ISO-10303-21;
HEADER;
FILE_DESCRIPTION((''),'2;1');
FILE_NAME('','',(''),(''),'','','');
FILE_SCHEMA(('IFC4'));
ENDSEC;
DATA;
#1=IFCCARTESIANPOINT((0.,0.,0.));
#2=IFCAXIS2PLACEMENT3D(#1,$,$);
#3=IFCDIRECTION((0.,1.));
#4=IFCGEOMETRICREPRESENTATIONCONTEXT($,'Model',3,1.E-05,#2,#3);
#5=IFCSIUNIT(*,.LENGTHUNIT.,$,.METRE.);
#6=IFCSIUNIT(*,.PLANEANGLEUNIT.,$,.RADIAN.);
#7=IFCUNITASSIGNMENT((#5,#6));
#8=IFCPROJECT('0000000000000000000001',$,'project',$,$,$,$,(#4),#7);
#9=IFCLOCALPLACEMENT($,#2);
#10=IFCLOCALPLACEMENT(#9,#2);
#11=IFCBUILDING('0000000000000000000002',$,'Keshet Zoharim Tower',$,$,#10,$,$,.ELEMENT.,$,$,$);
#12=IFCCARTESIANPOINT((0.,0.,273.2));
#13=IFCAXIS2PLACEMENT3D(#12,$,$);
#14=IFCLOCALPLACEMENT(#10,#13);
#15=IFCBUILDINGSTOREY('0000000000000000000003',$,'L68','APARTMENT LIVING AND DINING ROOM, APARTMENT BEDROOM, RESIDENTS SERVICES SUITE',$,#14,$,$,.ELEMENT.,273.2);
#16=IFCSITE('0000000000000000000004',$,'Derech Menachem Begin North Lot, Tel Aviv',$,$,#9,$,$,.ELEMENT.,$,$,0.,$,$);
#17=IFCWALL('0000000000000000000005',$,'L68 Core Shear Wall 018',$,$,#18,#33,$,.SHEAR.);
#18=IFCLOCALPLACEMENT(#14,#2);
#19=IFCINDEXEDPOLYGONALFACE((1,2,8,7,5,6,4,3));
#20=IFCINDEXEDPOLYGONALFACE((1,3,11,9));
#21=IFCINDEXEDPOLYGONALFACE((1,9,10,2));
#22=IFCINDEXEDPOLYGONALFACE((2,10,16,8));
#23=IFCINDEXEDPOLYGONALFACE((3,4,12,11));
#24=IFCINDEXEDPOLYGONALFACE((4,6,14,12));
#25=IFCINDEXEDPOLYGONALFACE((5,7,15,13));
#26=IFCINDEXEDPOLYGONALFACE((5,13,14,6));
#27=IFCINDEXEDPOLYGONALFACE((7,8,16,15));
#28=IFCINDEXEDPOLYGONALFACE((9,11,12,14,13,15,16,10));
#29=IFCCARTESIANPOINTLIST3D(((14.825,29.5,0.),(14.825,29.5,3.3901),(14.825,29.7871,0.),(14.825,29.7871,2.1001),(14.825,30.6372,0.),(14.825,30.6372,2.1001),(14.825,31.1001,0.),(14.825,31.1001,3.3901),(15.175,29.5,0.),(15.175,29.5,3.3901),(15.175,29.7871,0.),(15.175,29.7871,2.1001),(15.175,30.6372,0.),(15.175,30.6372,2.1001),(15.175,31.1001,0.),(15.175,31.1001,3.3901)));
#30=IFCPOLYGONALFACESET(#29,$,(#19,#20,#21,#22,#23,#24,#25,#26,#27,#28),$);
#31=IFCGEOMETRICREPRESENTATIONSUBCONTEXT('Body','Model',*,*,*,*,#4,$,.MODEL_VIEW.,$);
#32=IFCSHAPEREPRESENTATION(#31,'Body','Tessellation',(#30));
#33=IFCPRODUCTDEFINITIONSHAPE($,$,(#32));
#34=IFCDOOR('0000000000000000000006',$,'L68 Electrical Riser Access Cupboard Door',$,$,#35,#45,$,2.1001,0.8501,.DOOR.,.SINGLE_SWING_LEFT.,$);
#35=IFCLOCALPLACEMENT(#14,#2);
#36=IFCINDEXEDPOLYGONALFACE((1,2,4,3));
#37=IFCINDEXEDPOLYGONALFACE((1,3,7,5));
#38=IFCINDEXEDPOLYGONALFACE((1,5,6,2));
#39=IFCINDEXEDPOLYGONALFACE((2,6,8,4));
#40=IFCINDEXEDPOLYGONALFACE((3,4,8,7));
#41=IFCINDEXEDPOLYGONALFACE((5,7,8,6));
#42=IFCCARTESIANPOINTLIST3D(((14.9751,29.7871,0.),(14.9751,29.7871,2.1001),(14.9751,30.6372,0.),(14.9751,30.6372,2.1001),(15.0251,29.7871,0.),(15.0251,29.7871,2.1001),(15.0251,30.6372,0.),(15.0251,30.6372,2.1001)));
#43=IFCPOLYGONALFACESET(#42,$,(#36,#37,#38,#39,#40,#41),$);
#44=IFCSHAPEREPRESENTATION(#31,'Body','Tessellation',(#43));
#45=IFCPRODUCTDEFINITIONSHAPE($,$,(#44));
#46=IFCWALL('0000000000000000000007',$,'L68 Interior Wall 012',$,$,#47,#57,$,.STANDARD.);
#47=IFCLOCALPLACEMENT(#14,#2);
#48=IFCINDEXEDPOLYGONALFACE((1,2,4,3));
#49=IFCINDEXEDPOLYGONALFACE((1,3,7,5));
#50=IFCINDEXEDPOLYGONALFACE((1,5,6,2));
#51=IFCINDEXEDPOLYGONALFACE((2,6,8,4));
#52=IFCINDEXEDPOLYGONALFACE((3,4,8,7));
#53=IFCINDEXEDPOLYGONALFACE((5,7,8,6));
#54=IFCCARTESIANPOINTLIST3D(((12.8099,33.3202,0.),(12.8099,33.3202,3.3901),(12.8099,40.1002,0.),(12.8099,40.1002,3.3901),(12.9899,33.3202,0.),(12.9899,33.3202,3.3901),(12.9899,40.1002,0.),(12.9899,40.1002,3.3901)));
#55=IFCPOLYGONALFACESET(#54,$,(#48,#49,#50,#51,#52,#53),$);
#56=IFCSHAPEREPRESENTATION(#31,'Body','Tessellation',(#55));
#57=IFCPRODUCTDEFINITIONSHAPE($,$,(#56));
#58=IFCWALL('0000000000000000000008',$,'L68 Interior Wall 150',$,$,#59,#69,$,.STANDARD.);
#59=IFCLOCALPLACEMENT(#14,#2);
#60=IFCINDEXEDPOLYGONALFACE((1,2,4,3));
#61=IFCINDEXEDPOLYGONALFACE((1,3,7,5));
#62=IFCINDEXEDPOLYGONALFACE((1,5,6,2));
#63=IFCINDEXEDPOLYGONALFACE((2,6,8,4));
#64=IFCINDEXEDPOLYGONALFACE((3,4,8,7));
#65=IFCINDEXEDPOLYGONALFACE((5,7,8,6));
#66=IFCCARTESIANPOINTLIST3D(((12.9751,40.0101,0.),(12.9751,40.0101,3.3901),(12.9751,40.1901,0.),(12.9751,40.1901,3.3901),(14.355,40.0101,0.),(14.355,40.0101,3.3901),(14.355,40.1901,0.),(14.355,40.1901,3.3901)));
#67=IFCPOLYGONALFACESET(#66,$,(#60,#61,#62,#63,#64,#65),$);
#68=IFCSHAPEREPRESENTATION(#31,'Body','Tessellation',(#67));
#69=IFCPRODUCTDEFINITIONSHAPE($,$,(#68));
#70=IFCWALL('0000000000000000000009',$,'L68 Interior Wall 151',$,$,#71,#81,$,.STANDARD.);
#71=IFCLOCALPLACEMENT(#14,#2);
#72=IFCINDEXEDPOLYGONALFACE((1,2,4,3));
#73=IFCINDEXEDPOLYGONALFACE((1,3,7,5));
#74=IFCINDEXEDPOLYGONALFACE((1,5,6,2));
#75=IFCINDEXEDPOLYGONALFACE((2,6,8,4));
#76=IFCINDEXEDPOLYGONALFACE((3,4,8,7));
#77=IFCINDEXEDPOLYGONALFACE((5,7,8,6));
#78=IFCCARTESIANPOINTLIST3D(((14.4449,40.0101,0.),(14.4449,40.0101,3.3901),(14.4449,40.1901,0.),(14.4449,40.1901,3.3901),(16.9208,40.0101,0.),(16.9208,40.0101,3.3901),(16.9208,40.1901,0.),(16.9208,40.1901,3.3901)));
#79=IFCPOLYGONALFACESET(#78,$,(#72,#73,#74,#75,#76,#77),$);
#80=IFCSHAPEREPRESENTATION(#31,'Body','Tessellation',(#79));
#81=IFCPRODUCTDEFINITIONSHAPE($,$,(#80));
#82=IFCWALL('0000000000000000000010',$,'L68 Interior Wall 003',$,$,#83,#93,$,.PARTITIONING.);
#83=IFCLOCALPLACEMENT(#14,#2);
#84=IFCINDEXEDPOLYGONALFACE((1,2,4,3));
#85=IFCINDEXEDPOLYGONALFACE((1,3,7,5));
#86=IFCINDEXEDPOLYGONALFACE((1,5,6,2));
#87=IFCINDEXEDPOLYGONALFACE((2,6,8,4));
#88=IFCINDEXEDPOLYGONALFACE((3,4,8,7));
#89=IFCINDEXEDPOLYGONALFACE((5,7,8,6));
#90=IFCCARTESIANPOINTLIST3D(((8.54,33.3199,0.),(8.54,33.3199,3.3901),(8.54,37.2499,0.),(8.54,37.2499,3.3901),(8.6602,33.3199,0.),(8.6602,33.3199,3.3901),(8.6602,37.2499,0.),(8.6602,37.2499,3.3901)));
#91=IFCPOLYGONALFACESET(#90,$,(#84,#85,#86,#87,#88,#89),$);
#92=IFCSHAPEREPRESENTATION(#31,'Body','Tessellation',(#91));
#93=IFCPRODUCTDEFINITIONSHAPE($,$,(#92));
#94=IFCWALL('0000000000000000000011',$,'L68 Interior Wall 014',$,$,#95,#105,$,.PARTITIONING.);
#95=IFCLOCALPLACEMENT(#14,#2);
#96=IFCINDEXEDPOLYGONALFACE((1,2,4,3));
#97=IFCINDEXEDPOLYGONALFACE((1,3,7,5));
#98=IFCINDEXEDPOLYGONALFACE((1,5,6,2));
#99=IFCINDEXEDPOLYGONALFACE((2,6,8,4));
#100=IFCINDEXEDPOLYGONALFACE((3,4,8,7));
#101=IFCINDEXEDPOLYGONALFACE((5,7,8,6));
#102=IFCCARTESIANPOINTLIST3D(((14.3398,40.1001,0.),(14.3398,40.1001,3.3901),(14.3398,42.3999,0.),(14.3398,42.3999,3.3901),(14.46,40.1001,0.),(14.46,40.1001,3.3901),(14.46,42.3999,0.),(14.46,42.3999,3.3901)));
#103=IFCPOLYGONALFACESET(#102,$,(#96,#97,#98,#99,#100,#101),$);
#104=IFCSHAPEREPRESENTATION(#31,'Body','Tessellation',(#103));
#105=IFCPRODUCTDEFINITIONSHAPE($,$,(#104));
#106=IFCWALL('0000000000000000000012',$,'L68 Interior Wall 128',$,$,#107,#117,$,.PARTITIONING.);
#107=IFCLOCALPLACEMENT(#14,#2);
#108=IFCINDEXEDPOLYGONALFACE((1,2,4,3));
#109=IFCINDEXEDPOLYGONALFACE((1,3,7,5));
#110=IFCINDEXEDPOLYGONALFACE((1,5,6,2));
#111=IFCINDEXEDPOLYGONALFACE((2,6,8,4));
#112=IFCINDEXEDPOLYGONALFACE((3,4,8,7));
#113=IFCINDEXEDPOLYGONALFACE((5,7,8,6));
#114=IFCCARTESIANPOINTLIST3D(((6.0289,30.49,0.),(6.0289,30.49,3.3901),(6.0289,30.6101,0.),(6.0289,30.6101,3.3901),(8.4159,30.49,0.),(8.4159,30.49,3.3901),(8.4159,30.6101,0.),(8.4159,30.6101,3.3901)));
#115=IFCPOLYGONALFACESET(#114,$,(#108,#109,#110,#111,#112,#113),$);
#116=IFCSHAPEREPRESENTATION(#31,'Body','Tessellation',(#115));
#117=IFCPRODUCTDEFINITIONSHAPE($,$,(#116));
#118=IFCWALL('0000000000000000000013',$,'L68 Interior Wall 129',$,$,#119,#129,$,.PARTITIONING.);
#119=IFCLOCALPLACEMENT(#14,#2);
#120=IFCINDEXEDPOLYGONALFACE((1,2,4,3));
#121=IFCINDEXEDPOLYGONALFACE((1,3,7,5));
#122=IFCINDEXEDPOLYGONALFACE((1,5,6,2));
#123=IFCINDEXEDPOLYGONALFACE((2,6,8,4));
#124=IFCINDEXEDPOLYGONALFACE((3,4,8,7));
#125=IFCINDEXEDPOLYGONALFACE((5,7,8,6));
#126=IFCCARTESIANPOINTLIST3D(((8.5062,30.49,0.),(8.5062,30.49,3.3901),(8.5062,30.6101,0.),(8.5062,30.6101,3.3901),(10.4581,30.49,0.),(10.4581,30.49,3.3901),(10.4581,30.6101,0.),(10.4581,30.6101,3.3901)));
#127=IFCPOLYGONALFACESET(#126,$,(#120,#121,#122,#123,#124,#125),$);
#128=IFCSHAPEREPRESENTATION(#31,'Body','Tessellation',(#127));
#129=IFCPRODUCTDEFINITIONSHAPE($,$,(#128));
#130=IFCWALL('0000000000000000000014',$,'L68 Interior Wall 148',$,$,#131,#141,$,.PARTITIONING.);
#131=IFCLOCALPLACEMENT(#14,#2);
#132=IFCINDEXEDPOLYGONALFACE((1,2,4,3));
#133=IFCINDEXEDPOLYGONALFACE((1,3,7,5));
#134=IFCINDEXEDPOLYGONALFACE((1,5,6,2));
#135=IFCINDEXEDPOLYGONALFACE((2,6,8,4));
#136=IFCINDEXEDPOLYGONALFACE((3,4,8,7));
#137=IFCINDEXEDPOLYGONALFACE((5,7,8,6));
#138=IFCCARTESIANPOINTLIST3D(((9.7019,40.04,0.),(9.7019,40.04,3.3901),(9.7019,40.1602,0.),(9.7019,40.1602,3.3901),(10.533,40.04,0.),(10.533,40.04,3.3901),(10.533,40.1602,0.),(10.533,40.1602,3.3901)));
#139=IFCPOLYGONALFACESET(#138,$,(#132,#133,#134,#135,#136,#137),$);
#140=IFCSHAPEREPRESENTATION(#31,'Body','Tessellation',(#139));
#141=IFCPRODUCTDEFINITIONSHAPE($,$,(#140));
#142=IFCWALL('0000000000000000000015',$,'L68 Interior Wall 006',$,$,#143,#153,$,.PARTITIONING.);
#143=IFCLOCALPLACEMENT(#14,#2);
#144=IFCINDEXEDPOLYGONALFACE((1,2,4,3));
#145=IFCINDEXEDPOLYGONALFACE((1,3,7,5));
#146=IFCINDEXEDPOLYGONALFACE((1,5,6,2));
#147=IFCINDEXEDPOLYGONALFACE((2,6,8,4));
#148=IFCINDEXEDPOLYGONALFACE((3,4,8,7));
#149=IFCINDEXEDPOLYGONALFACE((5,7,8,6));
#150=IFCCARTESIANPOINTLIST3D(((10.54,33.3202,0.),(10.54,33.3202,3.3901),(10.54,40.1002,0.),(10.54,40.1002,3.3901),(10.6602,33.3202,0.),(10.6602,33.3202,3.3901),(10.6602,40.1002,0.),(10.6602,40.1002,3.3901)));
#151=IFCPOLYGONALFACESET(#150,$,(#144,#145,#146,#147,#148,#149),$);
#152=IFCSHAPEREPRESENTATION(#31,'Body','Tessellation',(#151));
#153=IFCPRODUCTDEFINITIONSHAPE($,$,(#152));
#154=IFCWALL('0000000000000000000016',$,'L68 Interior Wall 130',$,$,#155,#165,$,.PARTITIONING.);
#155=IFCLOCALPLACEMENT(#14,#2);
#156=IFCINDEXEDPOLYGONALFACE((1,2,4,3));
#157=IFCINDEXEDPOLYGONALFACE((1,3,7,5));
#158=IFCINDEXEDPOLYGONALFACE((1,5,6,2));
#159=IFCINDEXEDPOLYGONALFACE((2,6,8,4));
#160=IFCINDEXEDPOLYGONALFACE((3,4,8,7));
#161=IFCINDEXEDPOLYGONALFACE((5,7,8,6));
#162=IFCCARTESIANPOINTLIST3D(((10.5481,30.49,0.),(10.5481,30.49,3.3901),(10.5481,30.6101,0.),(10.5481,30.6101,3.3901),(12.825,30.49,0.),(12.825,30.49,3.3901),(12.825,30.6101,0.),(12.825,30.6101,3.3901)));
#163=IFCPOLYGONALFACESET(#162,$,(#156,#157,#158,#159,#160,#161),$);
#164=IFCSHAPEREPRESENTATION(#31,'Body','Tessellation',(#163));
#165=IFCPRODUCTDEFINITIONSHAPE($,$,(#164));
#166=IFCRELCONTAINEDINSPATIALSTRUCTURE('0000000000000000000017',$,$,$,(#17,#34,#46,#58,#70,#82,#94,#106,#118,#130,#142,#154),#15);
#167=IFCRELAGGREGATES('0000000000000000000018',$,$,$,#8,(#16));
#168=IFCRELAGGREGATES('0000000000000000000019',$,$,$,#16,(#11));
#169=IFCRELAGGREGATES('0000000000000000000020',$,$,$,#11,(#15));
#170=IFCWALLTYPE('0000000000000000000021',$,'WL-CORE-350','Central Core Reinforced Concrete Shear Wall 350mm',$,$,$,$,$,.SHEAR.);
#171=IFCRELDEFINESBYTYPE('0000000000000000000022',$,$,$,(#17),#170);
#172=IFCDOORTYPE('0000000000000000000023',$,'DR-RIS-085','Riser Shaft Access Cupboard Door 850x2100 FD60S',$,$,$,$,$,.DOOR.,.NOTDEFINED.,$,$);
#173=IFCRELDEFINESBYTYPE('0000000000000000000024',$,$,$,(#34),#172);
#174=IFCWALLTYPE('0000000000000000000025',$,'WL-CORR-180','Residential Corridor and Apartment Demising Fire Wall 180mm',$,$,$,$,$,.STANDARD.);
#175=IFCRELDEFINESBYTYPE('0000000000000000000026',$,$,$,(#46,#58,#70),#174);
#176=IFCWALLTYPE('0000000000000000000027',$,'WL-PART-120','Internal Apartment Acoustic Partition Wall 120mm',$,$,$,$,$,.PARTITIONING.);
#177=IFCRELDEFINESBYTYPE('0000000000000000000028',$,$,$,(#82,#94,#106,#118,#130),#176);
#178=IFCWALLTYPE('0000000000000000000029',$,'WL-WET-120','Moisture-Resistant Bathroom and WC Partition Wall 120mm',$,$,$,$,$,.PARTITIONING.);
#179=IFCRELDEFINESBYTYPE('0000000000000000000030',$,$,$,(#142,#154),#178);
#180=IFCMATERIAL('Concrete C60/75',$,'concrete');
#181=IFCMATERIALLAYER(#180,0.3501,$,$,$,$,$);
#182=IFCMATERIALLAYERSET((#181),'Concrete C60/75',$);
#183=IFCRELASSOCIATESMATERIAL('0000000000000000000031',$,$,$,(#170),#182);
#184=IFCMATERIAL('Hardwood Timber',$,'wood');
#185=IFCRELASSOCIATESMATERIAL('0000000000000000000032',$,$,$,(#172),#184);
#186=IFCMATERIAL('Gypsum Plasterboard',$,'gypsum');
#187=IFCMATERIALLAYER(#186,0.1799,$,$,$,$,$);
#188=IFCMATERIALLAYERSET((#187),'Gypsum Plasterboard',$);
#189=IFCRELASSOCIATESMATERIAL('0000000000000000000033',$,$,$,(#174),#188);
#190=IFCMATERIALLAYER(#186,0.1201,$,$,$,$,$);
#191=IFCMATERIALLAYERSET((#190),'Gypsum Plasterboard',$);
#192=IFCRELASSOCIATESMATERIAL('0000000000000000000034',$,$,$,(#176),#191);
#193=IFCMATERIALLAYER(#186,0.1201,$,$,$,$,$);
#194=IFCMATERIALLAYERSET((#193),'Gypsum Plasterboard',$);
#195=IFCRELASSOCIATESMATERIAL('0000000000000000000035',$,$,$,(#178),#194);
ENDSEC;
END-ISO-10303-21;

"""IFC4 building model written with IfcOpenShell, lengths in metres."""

from ifc_helpers import new_model, si_unit, direction, frame, frame_2d, origin, place, context, subcontext, project, spatial, rectangle, extrude, material, layer, layer_set, type_object, element, fill, save


model = new_model("IFC4")

# Units and contexts
model_context = context("Model", 3, precision=1e-05, world=origin(), true_north=direction((0.0, 1.0)))
body_context = subcontext(model_context, "Body", "Model", "MODEL_VIEW")
ifc_project = project(units=[si_unit("LENGTHUNIT", "METRE"), si_unit("PLANEANGLEUNIT", "RADIAN")], contexts=[model_context])

# Site, building, storey
site_placement = place(None, origin())
site = spatial("IfcSite", under=ifc_project, at=site_placement, Name="Derech Menachem Begin North Lot, Tel Aviv", CompositionType="ELEMENT", RefElevation=0.0)
building_placement = place(site_placement, origin())
building = spatial("IfcBuilding", under=site, at=building_placement, Name="Keshet Zoharim Tower", CompositionType="ELEMENT")
storey_placement = place(building_placement, frame((0.0, 0.0, 273.2)))
storey = spatial("IfcBuildingStorey", under=building, at=storey_placement, Name="L68", Description="APARTMENT LIVING AND DINING ROOM, APARTMENT BEDROOM, RESIDENTS SERVICES SUITE", CompositionType="ELEMENT", Elevation=273.2)

# Wall, opening, door
ifc_material_1 = material(Name="Concrete C60/75", Category="concrete")
ifc_layer_1 = layer(ifc_material_1, 0.3501)
ifc_layer_set_1 = layer_set([ifc_layer_1], Name="Concrete C60/75")
wall_type_1 = type_object("IfcWallType", Name="WL-CORE-350", Description="Central Core Reinforced Concrete Shear Wall 350mm", PredefinedType="SHEAR", material=ifc_layer_set_1)
wall_1_placement = place(storey_placement, frame((15.0, 29.5, 0.0), z_axis=(0.0, 0.0, 1.0), x_axis=(0.0, 1.0, 0.0)))
wall_1 = element("IfcWall", 1, at=wall_1_placement, inside=storey, type_object=wall_type_1, Name="L68 Core Shear Wall 018", PredefinedType="SHEAR", context=body_context, shape_type="SweptSolid", body=[
    extrude(rectangle(XDim=1.6001, YDim=0.3501, at=frame_2d((0.8, 0.0))), origin(), (0.0, 0.0, 1.0), 3.3901),
])
opening_1_placement = place(wall_1_placement, frame((0.2871, 0.0, 0.0)))
opening_1 = element("IfcOpeningElement", 2, at=opening_1_placement, cuts=wall_1, PredefinedType="OPENING", context=body_context, shape_type="SweptSolid", body=[
    extrude(rectangle(XDim=0.8501, YDim=2.1001, at=frame_2d((0.425, 1.05))), frame((0.0, 0.1851, 0.0), z_axis=(0.0, -1.0, 0.0), x_axis=(1.0, 0.0, 0.0)), (0.0, 0.0, 1.0), 0.3701),
])
ifc_material_2 = material(Name="Hardwood Timber", Category="wood")
door_type_1 = type_object("IfcDoorType", Name="DR-RIS-085", Description="Riser Shaft Access Cupboard Door 850x2100 FD60S", OperationType="NOTDEFINED", PredefinedType="DOOR", material=ifc_material_2)
door_1_placement = place(opening_1_placement, origin())
door_1 = element("IfcDoor", 3, at=door_1_placement, inside=storey, type_object=door_type_1, Name="L68 Electrical Riser Access Cupboard Door", OperationType="SINGLE_SWING_LEFT", OverallHeight=2.1001, OverallWidth=0.8501, PredefinedType="DOOR", context=body_context, shape_type="SweptSolid", body=[
    extrude(rectangle(XDim=0.8501, YDim=2.1001, at=frame_2d((0.425, 1.05))), frame((0.0, 0.0249, 0.0), z_axis=(0.0, -1.0, 0.0), x_axis=(1.0, 0.0, 0.0)), (0.0, 0.0, 1.0), 0.05),
])
fill(opening_1, door_1)
ifc_material_3 = material(Name="Gypsum Plasterboard", Category="gypsum")
ifc_layer_2 = layer(ifc_material_3, 0.1799)
ifc_layer_set_2 = layer_set([ifc_layer_2], Name="Gypsum Plasterboard")
wall_type_2 = type_object("IfcWallType", Name="WL-CORR-180", Description="Residential Corridor and Apartment Demising Fire Wall 180mm", PredefinedType="STANDARD", material=ifc_layer_set_2)

# Walls
wall_2_placement = place(storey_placement, frame((12.8999, 33.3201, 0.0), z_axis=(0.0, 0.0, 1.0), x_axis=(0.0, 1.0, 0.0)))
element("IfcWall", 4, at=wall_2_placement, inside=storey, type_object=wall_type_2, Name="L68 Interior Wall 012", PredefinedType="STANDARD", context=body_context, shape_type="SweptSolid", body=[
    extrude(rectangle(XDim=6.78, YDim=0.1799, at=frame_2d((3.3901, 0.0))), origin(), (0.0, 0.0, 1.0), 3.3901),
])
wall_3_placement = place(storey_placement, frame((12.9751, 40.1001, 0.0), z_axis=(0.0, 0.0, 1.0), x_axis=(1.0, 0.0, 0.0)))
element("IfcWall", 5, at=wall_3_placement, inside=storey, type_object=wall_type_2, Name="L68 Interior Wall 150", PredefinedType="STANDARD", context=body_context, shape_type="SweptSolid", body=[
    extrude(rectangle(XDim=1.3799, YDim=0.1799, at=frame_2d((0.6899, 0.0))), origin(), (0.0, 0.0, 1.0), 3.3901),
])
wall_4_placement = place(storey_placement, frame((14.4451, 40.1001, 0.0), z_axis=(0.0, 0.0, 1.0), x_axis=(1.0, 0.0, 0.0)))
element("IfcWall", 6, at=wall_4_placement, inside=storey, type_object=wall_type_2, Name="L68 Interior Wall 151", PredefinedType="STANDARD", context=body_context, shape_type="SweptSolid", body=[
    extrude(rectangle(XDim=2.4758, YDim=0.1799, at=frame_2d((1.2378, 0.0))), origin(), (0.0, 0.0, 1.0), 3.3901),
])
ifc_layer_3 = layer(ifc_material_3, 0.1201)
ifc_layer_set_3 = layer_set([ifc_layer_3], Name="Gypsum Plasterboard")
wall_type_3 = type_object("IfcWallType", Name="WL-PART-120", Description="Internal Apartment Acoustic Partition Wall 120mm", PredefinedType="PARTITIONING", material=ifc_layer_set_3)
wall_5_placement = place(storey_placement, frame((8.6001, 33.3201, 0.0), z_axis=(0.0, 0.0, 1.0), x_axis=(0.0, 1.0, 0.0)))
element("IfcWall", 7, at=wall_5_placement, inside=storey, type_object=wall_type_3, Name="L68 Interior Wall 003", PredefinedType="PARTITIONING", context=body_context, shape_type="SweptSolid", body=[
    extrude(rectangle(XDim=3.9299, YDim=0.1201, at=frame_2d((1.9648, 0.0))), origin(), (0.0, 0.0, 1.0), 3.3901),
])
wall_6_placement = place(storey_placement, frame((14.3999, 40.1001, 0.0), z_axis=(0.0, 0.0, 1.0), x_axis=(0.0, 1.0, 0.0)))
element("IfcWall", 8, at=wall_6_placement, inside=storey, type_object=wall_type_3, Name="L68 Interior Wall 014", PredefinedType="PARTITIONING", context=body_context, shape_type="SweptSolid", body=[
    extrude(rectangle(XDim=2.2998, YDim=0.1201, at=frame_2d((1.1499, 0.0))), origin(), (0.0, 0.0, 1.0), 3.3901),
])
wall_7_placement = place(storey_placement, frame((6.0291, 30.55, 0.0), z_axis=(0.0, 0.0, 1.0), x_axis=(1.0, 0.0, 0.0)))
element("IfcWall", 9, at=wall_7_placement, inside=storey, type_object=wall_type_3, Name="L68 Interior Wall 128", PredefinedType="PARTITIONING", context=body_context, shape_type="SweptSolid", body=[
    extrude(rectangle(XDim=2.387, YDim=0.1201, at=frame_2d((1.1934, 0.0))), origin(), (0.0, 0.0, 1.0), 3.3901),
])
wall_8_placement = place(storey_placement, frame((8.5061, 30.55, 0.0), z_axis=(0.0, 0.0, 1.0), x_axis=(1.0, 0.0, 0.0)))
element("IfcWall", 10, at=wall_8_placement, inside=storey, type_object=wall_type_3, Name="L68 Interior Wall 129", PredefinedType="PARTITIONING", context=body_context, shape_type="SweptSolid", body=[
    extrude(rectangle(XDim=1.9519, YDim=0.1201, at=frame_2d((0.9761, 0.0))), origin(), (0.0, 0.0, 1.0), 3.3901),
])

# Walls
wall_9_placement = place(storey_placement, frame((9.7019, 40.1001, 0.0), z_axis=(0.0, 0.0, 1.0), x_axis=(1.0, 0.0, 0.0)))
element("IfcWall", 11, at=wall_9_placement, inside=storey, type_object=wall_type_3, Name="L68 Interior Wall 148", PredefinedType="PARTITIONING", context=body_context, shape_type="SweptSolid", body=[
    extrude(rectangle(XDim=0.8311, YDim=0.1201, at=frame_2d((0.4155, 0.0))), origin(), (0.0, 0.0, 1.0), 3.3901),
])
ifc_layer_4 = layer(ifc_material_3, 0.1201)
ifc_layer_set_4 = layer_set([ifc_layer_4], Name="Gypsum Plasterboard")
wall_type_4 = type_object("IfcWallType", Name="WL-WET-120", Description="Moisture-Resistant Bathroom and WC Partition Wall 120mm", PredefinedType="PARTITIONING", material=ifc_layer_set_4)
wall_10_placement = place(storey_placement, frame((10.6001, 33.3201, 0.0), z_axis=(0.0, 0.0, 1.0), x_axis=(0.0, 1.0, 0.0)))
element("IfcWall", 12, at=wall_10_placement, inside=storey, type_object=wall_type_4, Name="L68 Interior Wall 006", PredefinedType="PARTITIONING", context=body_context, shape_type="SweptSolid", body=[
    extrude(rectangle(XDim=6.78, YDim=0.1201, at=frame_2d((3.3901, 0.0))), origin(), (0.0, 0.0, 1.0), 3.3901),
])
wall_11_placement = place(storey_placement, frame((10.5481, 30.55, 0.0), z_axis=(0.0, 0.0, 1.0), x_axis=(1.0, 0.0, 0.0)))
element("IfcWall", 13, at=wall_11_placement, inside=storey, type_object=wall_type_4, Name="L68 Interior Wall 130", PredefinedType="PARTITIONING", context=body_context, shape_type="SweptSolid", body=[
    extrude(rectangle(XDim=2.2769, YDim=0.1201, at=frame_2d((1.1384, 0.0))), origin(), (0.0, 0.0, 1.0), 3.3901),
])

save(model, "model.ifc")
